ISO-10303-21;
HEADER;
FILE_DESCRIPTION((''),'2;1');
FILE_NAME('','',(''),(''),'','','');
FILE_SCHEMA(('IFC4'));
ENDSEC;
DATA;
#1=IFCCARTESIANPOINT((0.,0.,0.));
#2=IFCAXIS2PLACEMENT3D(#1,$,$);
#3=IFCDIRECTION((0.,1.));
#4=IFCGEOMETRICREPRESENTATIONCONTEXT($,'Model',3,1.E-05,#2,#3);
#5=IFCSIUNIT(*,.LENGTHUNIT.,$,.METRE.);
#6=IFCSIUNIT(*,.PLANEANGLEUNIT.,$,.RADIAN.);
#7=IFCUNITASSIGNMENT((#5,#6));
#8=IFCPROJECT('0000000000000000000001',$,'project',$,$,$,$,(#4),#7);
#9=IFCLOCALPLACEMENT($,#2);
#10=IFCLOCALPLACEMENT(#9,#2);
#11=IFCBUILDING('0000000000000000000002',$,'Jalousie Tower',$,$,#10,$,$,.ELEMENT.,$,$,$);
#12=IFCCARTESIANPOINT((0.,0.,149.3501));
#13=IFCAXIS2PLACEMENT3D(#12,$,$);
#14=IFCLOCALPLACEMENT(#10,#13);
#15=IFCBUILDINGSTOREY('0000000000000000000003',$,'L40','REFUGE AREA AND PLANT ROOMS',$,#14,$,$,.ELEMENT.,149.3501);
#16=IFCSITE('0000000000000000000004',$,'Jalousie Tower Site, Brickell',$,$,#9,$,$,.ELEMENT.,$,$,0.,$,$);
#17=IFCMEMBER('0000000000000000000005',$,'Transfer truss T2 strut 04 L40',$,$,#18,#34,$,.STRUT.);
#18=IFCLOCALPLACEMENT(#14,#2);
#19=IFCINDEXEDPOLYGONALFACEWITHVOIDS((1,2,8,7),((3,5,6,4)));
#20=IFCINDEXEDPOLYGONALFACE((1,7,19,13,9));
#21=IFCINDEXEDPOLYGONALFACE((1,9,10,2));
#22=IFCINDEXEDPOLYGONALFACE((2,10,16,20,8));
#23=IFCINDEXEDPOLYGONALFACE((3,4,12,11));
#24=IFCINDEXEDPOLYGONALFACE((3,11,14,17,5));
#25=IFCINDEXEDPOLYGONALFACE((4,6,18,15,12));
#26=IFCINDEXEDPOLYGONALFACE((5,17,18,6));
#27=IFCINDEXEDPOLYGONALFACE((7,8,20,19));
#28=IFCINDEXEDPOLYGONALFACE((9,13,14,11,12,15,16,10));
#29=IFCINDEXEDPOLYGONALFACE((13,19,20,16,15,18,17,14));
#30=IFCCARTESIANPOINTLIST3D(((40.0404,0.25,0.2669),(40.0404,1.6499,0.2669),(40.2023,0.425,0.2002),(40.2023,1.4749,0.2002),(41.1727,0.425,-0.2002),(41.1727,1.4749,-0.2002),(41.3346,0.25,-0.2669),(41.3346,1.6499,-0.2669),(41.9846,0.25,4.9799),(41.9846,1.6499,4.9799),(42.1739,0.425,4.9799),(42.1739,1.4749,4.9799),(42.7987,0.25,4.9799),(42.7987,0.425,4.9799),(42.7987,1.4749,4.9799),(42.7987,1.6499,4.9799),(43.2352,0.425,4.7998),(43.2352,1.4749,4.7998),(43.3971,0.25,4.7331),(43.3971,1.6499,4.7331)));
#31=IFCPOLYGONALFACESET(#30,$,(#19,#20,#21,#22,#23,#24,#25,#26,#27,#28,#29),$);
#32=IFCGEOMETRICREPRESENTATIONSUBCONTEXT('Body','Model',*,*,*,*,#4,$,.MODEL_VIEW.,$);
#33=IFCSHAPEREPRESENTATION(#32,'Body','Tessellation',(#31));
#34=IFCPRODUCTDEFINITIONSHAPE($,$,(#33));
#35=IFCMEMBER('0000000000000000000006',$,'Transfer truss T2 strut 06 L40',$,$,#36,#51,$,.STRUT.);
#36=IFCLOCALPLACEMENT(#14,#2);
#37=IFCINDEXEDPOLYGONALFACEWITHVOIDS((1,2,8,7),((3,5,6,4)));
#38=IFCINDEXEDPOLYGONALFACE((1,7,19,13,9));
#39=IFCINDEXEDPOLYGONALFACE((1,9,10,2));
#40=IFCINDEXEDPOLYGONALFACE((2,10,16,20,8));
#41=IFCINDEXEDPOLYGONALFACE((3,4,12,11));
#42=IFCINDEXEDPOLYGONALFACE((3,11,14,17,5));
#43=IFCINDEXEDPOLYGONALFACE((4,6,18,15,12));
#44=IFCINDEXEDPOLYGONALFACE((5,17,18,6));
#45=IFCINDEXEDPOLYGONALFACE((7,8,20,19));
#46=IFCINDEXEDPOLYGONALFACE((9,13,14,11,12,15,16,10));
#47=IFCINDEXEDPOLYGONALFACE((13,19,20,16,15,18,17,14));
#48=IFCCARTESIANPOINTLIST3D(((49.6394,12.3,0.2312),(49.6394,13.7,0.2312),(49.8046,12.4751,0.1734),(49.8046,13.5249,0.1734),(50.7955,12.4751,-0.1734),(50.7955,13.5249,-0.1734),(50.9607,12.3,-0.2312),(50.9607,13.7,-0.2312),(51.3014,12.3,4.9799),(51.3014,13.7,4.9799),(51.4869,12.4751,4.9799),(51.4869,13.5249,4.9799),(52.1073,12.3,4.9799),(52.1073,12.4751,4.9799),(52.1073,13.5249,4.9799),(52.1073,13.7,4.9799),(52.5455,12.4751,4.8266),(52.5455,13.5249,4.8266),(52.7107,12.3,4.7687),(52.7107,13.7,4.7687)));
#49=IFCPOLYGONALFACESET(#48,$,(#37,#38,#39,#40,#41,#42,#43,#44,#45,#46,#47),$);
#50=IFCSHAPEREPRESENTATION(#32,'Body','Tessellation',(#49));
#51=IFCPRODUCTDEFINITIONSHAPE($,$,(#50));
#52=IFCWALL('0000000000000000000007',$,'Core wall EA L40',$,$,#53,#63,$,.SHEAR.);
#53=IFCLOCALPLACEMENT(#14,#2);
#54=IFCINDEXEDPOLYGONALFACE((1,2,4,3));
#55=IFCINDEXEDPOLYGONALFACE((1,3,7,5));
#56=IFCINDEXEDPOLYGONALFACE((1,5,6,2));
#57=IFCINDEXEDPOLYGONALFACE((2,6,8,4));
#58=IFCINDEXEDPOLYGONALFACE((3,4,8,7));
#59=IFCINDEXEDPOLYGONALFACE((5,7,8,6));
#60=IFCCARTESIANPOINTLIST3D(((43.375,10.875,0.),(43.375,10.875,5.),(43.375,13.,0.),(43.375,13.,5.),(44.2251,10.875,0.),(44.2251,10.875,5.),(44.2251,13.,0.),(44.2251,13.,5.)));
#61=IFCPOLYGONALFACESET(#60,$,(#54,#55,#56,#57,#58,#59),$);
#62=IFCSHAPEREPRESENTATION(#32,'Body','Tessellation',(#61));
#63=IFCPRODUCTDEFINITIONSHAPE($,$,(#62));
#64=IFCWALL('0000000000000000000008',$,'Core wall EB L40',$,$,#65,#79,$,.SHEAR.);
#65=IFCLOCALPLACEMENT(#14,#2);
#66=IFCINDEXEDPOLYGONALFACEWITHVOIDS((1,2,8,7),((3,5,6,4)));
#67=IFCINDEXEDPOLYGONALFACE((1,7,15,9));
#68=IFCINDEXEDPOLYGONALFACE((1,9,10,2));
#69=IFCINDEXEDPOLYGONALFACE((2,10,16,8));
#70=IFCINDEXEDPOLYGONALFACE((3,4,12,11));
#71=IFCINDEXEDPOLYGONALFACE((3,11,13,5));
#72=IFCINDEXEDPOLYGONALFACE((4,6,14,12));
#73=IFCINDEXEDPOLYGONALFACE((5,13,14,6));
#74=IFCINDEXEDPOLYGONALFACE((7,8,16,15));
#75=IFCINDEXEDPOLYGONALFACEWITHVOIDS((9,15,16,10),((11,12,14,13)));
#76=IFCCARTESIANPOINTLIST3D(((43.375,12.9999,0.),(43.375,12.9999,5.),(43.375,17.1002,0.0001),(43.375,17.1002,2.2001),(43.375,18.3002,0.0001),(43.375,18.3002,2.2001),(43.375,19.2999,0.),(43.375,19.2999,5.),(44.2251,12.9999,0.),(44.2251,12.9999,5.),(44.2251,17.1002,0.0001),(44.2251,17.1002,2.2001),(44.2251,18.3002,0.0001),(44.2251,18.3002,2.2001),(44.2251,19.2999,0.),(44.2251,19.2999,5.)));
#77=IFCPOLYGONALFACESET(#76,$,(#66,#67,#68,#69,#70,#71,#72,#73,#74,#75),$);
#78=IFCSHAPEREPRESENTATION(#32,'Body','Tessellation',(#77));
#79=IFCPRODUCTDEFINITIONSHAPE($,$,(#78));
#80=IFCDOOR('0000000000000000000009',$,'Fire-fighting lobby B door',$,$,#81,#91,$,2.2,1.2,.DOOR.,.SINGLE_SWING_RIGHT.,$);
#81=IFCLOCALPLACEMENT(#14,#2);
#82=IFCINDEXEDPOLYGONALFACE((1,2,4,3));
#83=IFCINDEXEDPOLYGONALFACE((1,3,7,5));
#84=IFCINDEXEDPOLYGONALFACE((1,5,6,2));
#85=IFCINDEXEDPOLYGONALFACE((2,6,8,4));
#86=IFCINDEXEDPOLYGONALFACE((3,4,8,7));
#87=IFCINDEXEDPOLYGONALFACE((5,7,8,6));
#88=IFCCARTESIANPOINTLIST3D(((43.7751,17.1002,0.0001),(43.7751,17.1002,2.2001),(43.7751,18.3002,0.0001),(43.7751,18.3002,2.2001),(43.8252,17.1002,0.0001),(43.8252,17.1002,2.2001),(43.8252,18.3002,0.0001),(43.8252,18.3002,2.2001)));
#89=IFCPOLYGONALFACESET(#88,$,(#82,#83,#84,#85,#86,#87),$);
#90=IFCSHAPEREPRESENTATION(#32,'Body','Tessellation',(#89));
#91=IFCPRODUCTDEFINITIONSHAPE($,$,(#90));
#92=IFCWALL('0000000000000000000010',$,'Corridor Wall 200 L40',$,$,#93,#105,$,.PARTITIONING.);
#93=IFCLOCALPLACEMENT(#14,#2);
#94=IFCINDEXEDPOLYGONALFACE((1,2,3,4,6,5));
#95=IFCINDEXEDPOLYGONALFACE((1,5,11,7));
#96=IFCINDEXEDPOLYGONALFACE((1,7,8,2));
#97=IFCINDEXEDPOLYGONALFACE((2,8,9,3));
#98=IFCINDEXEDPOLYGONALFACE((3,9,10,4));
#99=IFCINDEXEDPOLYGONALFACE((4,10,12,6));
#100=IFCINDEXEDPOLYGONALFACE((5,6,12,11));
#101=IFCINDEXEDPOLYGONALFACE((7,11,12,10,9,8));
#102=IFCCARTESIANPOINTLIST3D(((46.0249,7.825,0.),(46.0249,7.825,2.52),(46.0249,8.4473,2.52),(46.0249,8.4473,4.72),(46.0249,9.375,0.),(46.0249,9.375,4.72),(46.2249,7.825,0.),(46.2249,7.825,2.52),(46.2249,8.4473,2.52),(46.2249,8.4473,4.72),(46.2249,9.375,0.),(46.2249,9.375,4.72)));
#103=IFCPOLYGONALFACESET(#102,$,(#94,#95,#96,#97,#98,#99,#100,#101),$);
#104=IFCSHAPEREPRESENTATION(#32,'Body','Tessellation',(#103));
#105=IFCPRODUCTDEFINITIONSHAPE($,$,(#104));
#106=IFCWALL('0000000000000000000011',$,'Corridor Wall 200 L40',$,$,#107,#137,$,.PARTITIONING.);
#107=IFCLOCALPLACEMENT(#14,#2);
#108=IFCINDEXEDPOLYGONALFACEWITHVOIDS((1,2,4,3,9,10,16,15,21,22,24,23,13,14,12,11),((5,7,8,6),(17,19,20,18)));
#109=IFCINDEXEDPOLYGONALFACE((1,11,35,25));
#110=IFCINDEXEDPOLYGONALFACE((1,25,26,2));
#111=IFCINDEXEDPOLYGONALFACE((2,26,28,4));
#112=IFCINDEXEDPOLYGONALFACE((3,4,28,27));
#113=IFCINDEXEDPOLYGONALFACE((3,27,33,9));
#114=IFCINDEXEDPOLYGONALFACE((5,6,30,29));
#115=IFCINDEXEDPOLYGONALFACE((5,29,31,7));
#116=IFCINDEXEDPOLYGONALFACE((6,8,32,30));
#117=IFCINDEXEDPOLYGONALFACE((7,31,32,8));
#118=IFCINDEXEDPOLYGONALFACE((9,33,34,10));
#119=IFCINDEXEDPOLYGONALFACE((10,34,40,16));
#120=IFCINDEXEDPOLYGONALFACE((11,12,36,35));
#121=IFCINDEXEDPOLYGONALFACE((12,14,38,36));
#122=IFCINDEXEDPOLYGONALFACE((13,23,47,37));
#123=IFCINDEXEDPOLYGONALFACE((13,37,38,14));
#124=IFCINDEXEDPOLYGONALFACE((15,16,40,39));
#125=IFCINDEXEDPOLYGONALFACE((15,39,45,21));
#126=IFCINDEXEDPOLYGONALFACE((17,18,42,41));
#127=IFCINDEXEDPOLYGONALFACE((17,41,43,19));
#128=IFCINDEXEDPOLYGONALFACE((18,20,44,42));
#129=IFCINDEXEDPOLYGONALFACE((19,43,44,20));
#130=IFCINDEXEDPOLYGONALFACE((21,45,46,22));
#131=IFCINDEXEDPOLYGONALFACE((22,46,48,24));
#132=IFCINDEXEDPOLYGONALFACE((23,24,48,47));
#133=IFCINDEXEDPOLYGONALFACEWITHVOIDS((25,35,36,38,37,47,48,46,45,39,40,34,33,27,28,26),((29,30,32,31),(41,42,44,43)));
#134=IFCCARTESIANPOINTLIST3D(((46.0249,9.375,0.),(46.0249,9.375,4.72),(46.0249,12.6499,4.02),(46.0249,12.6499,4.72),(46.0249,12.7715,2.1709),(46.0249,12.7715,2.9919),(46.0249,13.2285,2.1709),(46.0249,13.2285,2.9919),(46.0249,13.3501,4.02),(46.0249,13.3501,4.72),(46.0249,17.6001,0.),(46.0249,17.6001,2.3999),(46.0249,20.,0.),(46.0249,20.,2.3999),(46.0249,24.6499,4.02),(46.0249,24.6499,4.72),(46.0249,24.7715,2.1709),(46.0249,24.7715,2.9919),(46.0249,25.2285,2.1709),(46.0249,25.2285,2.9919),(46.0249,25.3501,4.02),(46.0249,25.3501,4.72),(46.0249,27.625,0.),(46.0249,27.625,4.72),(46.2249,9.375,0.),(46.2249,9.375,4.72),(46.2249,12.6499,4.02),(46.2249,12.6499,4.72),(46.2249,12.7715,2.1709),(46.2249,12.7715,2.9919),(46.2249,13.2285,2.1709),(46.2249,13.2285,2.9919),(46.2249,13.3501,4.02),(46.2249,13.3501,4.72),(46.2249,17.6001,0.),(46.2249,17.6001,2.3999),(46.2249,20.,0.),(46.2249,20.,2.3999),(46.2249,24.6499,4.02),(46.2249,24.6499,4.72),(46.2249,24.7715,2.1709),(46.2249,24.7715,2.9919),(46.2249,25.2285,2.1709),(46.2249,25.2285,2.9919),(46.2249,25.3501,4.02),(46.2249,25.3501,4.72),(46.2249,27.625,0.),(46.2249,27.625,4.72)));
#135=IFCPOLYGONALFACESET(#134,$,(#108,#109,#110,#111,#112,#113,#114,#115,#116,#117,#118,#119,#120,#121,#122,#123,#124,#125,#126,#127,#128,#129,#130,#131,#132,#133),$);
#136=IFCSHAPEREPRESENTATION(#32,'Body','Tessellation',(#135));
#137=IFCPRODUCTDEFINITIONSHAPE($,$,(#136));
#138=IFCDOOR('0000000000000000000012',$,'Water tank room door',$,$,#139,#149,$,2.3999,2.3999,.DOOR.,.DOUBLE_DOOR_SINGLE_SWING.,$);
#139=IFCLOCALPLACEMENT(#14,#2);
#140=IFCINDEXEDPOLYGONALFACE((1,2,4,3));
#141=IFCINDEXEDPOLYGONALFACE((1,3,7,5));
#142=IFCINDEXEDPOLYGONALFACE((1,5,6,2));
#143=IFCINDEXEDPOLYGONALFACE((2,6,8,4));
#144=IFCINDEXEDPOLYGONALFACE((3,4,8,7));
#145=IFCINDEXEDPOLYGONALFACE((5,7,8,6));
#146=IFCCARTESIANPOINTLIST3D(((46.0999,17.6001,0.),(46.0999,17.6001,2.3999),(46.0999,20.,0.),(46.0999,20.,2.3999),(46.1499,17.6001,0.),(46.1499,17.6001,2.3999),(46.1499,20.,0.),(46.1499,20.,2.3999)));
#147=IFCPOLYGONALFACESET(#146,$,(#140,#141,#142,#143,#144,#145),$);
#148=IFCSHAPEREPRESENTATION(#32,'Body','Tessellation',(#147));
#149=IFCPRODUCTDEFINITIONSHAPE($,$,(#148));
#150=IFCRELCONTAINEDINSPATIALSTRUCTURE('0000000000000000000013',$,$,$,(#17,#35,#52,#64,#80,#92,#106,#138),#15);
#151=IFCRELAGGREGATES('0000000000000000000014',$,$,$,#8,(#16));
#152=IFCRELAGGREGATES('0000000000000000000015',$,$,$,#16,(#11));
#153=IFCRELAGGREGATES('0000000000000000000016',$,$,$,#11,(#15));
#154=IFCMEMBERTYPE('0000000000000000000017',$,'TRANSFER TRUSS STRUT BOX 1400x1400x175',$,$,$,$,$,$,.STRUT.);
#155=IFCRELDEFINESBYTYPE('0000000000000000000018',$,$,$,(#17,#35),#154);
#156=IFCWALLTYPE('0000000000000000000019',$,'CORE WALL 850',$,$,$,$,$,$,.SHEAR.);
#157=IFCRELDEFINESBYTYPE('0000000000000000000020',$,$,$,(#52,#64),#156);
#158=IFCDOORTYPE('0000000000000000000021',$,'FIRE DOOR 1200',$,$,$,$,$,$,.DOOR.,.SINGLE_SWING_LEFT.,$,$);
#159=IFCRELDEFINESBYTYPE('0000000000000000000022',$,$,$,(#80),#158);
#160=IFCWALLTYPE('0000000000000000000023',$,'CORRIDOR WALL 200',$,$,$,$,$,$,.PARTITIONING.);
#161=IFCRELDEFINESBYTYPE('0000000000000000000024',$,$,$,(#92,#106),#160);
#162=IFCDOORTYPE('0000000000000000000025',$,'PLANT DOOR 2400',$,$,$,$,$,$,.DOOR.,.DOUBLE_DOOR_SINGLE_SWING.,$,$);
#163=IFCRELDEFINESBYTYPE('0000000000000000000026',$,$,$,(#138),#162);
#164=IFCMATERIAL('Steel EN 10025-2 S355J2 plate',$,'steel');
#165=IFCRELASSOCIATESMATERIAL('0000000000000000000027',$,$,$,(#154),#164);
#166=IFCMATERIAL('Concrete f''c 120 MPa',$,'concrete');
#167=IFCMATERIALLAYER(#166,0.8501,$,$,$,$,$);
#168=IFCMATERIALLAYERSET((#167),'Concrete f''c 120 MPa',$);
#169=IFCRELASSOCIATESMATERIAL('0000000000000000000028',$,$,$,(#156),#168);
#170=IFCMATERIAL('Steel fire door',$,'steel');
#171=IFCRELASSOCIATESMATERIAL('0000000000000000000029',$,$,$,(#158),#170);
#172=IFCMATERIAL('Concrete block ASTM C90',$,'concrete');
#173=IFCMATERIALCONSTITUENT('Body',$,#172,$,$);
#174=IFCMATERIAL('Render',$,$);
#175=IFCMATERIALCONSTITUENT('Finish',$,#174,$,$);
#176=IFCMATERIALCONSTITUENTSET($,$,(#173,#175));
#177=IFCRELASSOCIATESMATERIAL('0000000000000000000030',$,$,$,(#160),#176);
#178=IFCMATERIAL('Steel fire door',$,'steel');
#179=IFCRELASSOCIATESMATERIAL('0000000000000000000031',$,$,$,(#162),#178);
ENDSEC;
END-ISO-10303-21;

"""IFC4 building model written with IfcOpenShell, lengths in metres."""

from ifc_helpers import new_model, si_unit, direction, frame, frame_2d, origin, origin_2d, place, context, subcontext, project, spatial, polyline, rectangle, hollow_rectangle, outline, extrude, clip, halfspace, material, layer, layer_set, constituent, constituent_set, material_profile, profile_set, type_object, element, fill, save


model = new_model("IFC4")

# Units and contexts
model_context = context("Model", 3, precision=1e-05, world=origin(), true_north=direction((0.0, 1.0)))
body_context = subcontext(model_context, "Body", "Model", "MODEL_VIEW")
ifc_project = project(units=[si_unit("LENGTHUNIT", "METRE"), si_unit("PLANEANGLEUNIT", "RADIAN")], contexts=[model_context])

# Site, building, storey
site_placement = place(None, origin())
site = spatial("IfcSite", under=ifc_project, at=site_placement, Name="Jalousie Tower Site, Brickell", CompositionType="ELEMENT", RefElevation=0.0)
building_placement = place(site_placement, origin())
building = spatial("IfcBuilding", under=site, at=building_placement, Name="Jalousie Tower", CompositionType="ELEMENT")
storey_placement = place(building_placement, frame((0.0, 0.0, 149.3501)))
storey = spatial("IfcBuildingStorey", under=building, at=storey_placement, Name="L40", Description="REFUGE AREA AND PLANT ROOMS", CompositionType="ELEMENT", Elevation=149.3501)

# Members
ifc_material_1 = material(Name="Steel EN 10025-2 S355J2 plate", Category="steel")
ifc_material_profile_1 = material_profile(ifc_material_1, hollow_rectangle(XDim=1.3999, YDim=1.3999, WallThickness=0.175, at=origin_2d()), Name="BOX 1400x1400x175")
ifc_profile_set_1 = profile_set([ifc_material_profile_1], Name="Steel EN 10025-2 S355J2 plate")
member_type_1 = type_object("IfcMemberType", Name="TRANSFER TRUSS STRUT BOX 1400x1400x175", PredefinedType="STRUT", material=ifc_profile_set_1)
member_1_placement = place(storey_placement, frame((40.6875, 0.95, 0.0), z_axis=(0.381331, 0.0, 0.924439), x_axis=(0.0, 1.0, 0.0)))
element("IfcMember", 1, at=member_1_placement, inside=storey, type_object=member_type_1, Name="Transfer truss T2 strut 04 L40", PredefinedType="STRUT", context=body_context, shape_type="Clipping", body=[
    clip(extrude(hollow_rectangle(XDim=1.3999, YDim=1.3999, WallThickness=0.175, at=origin_2d()), origin(), (0.0, 0.0, 1.0), 5.4087), halfspace(frame((0.0, 0.0, 5.387), z_axis=(0.0, 0.381331, 0.924439)), False)),
])
member_2_placement = place(storey_placement, frame((50.3, 13.0, 0.0), z_axis=(0.33035, 0.0, 0.943858), x_axis=(0.0, 1.0, 0.0)))
element("IfcMember", 2, at=member_2_placement, inside=storey, type_object=member_type_1, Name="Transfer truss T2 strut 06 L40", PredefinedType="STRUT", context=body_context, shape_type="Clipping", body=[
    clip(extrude(hollow_rectangle(XDim=1.3999, YDim=1.3999, WallThickness=0.175, at=origin_2d()), origin(), (0.0, 0.0, 1.0), 5.2974), halfspace(frame((0.0, 0.0, 5.2761), z_axis=(0.0, 0.33035, 0.943858)), False)),
])

# Wall
ifc_material_2 = material(Name="Concrete f'c 120 MPa", Category="concrete")
ifc_layer_1 = layer(ifc_material_2, 0.8501)
ifc_layer_set_1 = layer_set([ifc_layer_1], Name="Concrete f'c 120 MPa")
wall_type_1 = type_object("IfcWallType", Name="CORE WALL 850", PredefinedType="SHEAR", material=ifc_layer_set_1)
wall_1_placement = place(storey_placement, frame((43.8, 10.875, 0.0), z_axis=(0.0, 0.0, 1.0), x_axis=(0.0, 1.0, 0.0)))
element("IfcWall", 3, at=wall_1_placement, inside=storey, type_object=wall_type_1, Name="Core wall EA L40", PredefinedType="SHEAR", context=body_context, shape_type="SweptSolid", body=[
    extrude(rectangle(XDim=2.125, YDim=0.8501, at=frame_2d((1.0625, 0.0))), origin(), (0.0, 0.0, 1.0), 5.0),
])

# Wall, opening, door
wall_2_placement = place(storey_placement, frame((43.8, 13.0, 0.0), z_axis=(0.0, 0.0, 1.0), x_axis=(0.0, 1.0, 0.0)))
wall_2 = element("IfcWall", 4, at=wall_2_placement, inside=storey, type_object=wall_type_1, Name="Core wall EB L40", PredefinedType="SHEAR", context=body_context, shape_type="SweptSolid", body=[
    extrude(rectangle(XDim=6.3, YDim=0.8501, at=frame_2d((3.1499, 0.0))), origin(), (0.0, 0.0, 1.0), 5.0),
])
opening_1_placement = place(wall_2_placement, frame((4.1001, 0.0, 0.0)))
opening_1 = element("IfcOpeningElement", 5, at=opening_1_placement, cuts=wall_2, PredefinedType="OPENING", context=body_context, shape_type="SweptSolid", body=[
    extrude(rectangle(XDim=1.2, YDim=2.2, at=frame_2d((0.6001, 1.1001))), frame((0.0, 0.4351, 0.0), z_axis=(0.0, -1.0, 0.0), x_axis=(1.0, 0.0, 0.0)), (0.0, 0.0, 1.0), 0.8701),
])
ifc_material_3 = material(Name="Steel fire door", Category="steel")
door_type_1 = type_object("IfcDoorType", Name="FIRE DOOR 1200", OperationType="SINGLE_SWING_LEFT", PredefinedType="DOOR", material=ifc_material_3)
door_1_placement = place(opening_1_placement, origin())
door_1 = element("IfcDoor", 6, at=door_1_placement, inside=storey, type_object=door_type_1, Name="Fire-fighting lobby B door", OperationType="SINGLE_SWING_RIGHT", OverallHeight=2.2, OverallWidth=1.2, PredefinedType="DOOR", context=body_context, shape_type="SweptSolid", body=[
    extrude(rectangle(XDim=1.2, YDim=2.2, at=frame_2d((0.6001, 1.1001))), frame((0.0, 0.0249, 0.0), z_axis=(0.0, -1.0, 0.0), x_axis=(1.0, 0.0, 0.0)), (0.0, 0.0, 1.0), 0.05),
])
fill(opening_1, door_1)

# Wall
ifc_material_4 = material(Name="Concrete block ASTM C90", Category="concrete")
ifc_constituent_1 = constituent(ifc_material_4, Name="Body")
ifc_material_5 = material(Name="Render")
ifc_constituent_2 = constituent(ifc_material_5, Name="Finish")
ifc_constituent_set_1 = constituent_set(constituents=[ifc_constituent_1, ifc_constituent_2])
wall_type_2 = type_object("IfcWallType", Name="CORRIDOR WALL 200", PredefinedType="PARTITIONING", material=ifc_constituent_set_1)
wall_3_placement = place(storey_placement, frame((46.125, 7.825, 0.0), z_axis=(0.0, 0.0, 1.0), x_axis=(0.0, 1.0, 0.0)))
element("IfcWall", 7, at=wall_3_placement, inside=storey, type_object=wall_type_2, Name="Corridor Wall 200 L40", PredefinedType="PARTITIONING", context=body_context, shape_type="SweptSolid", body=[
    extrude(outline(polyline([(0.0, 0.0), (1.55, 0.0), (1.55, 4.72), (0.6223, 4.72), (0.6223, 2.52), (0.0, 2.52), (0.0, 0.0)])), frame((0.0, 0.1001, 0.0), z_axis=(0.0, -1.0, 0.0), x_axis=(1.0, 0.0, 0.0)), (0.0, 0.0, 1.0), 0.2),
])

# Wall, opening, door
wall_4_placement = place(storey_placement, frame((46.125, 9.375, 0.0), z_axis=(0.0, 0.0, 1.0), x_axis=(0.0, 1.0, 0.0)))
wall_4 = element("IfcWall", 8, at=wall_4_placement, inside=storey, type_object=wall_type_2, Name="Corridor Wall 200 L40", PredefinedType="PARTITIONING", context=body_context, shape_type="SweptSolid", body=[
    extrude(outline(polyline([(18.25, 0.0), (18.25, 4.72), (15.9751, 4.72), (15.9751, 4.02), (15.2749, 4.02), (15.2749, 4.72), (3.9751, 4.72), (3.9751, 4.02), (3.2749, 4.02), (3.2749, 4.72), (0.0, 4.72), (0.0, 0.0), (18.25, 0.0)]), holes=[polyline([(3.3965, 2.1709), (3.3965, 2.9919), (3.8535, 2.9919), (3.8535, 2.1709), (3.3965, 2.1709)]), polyline([(15.3965, 2.1709), (15.3965, 2.9919), (15.8535, 2.9919), (15.8535, 2.1709), (15.3965, 2.1709)])]), frame((0.0, 0.1001, 0.0), z_axis=(0.0, -1.0, 0.0), x_axis=(1.0, 0.0, 0.0)), (0.0, 0.0, 1.0), 0.2),
])
opening_2_placement = place(wall_4_placement, frame((8.2251, 0.0, 0.0)))
opening_2 = element("IfcOpeningElement", 9, at=opening_2_placement, cuts=wall_4, PredefinedType="OPENING", context=body_context, shape_type="SweptSolid", body=[
    extrude(rectangle(XDim=2.3999, YDim=2.3999, at=frame_2d((1.2, 1.2))), frame((0.0, 0.1099, 0.0), z_axis=(0.0, -1.0, 0.0), x_axis=(1.0, 0.0, 0.0)), (0.0, 0.0, 1.0), 0.22),
])
ifc_material_6 = material(Name="Steel fire door", Category="steel")
door_type_2 = type_object("IfcDoorType", Name="PLANT DOOR 2400", OperationType="DOUBLE_DOOR_SINGLE_SWING", PredefinedType="DOOR", material=ifc_material_6)
door_2_placement = place(opening_2_placement, frame((2.3999, 0.0, 0.0), z_axis=(0.0, 0.0, 1.0), x_axis=(-1.0, 0.0, 0.0)))
door_2 = element("IfcDoor", 10, at=door_2_placement, inside=storey, type_object=door_type_2, Name="Water tank room door", OperationType="DOUBLE_DOOR_SINGLE_SWING", OverallHeight=2.3999, OverallWidth=2.3999, PredefinedType="DOOR", context=body_context, shape_type="SweptSolid", body=[
    extrude(rectangle(XDim=2.3999, YDim=2.3999, at=frame_2d((1.2, 1.2))), frame((0.0, 0.0249, 0.0), z_axis=(0.0, -1.0, 0.0), x_axis=(1.0, 0.0, 0.0)), (0.0, 0.0, 1.0), 0.05),
])
fill(opening_2, door_2)

save(model, "model.ifc")
